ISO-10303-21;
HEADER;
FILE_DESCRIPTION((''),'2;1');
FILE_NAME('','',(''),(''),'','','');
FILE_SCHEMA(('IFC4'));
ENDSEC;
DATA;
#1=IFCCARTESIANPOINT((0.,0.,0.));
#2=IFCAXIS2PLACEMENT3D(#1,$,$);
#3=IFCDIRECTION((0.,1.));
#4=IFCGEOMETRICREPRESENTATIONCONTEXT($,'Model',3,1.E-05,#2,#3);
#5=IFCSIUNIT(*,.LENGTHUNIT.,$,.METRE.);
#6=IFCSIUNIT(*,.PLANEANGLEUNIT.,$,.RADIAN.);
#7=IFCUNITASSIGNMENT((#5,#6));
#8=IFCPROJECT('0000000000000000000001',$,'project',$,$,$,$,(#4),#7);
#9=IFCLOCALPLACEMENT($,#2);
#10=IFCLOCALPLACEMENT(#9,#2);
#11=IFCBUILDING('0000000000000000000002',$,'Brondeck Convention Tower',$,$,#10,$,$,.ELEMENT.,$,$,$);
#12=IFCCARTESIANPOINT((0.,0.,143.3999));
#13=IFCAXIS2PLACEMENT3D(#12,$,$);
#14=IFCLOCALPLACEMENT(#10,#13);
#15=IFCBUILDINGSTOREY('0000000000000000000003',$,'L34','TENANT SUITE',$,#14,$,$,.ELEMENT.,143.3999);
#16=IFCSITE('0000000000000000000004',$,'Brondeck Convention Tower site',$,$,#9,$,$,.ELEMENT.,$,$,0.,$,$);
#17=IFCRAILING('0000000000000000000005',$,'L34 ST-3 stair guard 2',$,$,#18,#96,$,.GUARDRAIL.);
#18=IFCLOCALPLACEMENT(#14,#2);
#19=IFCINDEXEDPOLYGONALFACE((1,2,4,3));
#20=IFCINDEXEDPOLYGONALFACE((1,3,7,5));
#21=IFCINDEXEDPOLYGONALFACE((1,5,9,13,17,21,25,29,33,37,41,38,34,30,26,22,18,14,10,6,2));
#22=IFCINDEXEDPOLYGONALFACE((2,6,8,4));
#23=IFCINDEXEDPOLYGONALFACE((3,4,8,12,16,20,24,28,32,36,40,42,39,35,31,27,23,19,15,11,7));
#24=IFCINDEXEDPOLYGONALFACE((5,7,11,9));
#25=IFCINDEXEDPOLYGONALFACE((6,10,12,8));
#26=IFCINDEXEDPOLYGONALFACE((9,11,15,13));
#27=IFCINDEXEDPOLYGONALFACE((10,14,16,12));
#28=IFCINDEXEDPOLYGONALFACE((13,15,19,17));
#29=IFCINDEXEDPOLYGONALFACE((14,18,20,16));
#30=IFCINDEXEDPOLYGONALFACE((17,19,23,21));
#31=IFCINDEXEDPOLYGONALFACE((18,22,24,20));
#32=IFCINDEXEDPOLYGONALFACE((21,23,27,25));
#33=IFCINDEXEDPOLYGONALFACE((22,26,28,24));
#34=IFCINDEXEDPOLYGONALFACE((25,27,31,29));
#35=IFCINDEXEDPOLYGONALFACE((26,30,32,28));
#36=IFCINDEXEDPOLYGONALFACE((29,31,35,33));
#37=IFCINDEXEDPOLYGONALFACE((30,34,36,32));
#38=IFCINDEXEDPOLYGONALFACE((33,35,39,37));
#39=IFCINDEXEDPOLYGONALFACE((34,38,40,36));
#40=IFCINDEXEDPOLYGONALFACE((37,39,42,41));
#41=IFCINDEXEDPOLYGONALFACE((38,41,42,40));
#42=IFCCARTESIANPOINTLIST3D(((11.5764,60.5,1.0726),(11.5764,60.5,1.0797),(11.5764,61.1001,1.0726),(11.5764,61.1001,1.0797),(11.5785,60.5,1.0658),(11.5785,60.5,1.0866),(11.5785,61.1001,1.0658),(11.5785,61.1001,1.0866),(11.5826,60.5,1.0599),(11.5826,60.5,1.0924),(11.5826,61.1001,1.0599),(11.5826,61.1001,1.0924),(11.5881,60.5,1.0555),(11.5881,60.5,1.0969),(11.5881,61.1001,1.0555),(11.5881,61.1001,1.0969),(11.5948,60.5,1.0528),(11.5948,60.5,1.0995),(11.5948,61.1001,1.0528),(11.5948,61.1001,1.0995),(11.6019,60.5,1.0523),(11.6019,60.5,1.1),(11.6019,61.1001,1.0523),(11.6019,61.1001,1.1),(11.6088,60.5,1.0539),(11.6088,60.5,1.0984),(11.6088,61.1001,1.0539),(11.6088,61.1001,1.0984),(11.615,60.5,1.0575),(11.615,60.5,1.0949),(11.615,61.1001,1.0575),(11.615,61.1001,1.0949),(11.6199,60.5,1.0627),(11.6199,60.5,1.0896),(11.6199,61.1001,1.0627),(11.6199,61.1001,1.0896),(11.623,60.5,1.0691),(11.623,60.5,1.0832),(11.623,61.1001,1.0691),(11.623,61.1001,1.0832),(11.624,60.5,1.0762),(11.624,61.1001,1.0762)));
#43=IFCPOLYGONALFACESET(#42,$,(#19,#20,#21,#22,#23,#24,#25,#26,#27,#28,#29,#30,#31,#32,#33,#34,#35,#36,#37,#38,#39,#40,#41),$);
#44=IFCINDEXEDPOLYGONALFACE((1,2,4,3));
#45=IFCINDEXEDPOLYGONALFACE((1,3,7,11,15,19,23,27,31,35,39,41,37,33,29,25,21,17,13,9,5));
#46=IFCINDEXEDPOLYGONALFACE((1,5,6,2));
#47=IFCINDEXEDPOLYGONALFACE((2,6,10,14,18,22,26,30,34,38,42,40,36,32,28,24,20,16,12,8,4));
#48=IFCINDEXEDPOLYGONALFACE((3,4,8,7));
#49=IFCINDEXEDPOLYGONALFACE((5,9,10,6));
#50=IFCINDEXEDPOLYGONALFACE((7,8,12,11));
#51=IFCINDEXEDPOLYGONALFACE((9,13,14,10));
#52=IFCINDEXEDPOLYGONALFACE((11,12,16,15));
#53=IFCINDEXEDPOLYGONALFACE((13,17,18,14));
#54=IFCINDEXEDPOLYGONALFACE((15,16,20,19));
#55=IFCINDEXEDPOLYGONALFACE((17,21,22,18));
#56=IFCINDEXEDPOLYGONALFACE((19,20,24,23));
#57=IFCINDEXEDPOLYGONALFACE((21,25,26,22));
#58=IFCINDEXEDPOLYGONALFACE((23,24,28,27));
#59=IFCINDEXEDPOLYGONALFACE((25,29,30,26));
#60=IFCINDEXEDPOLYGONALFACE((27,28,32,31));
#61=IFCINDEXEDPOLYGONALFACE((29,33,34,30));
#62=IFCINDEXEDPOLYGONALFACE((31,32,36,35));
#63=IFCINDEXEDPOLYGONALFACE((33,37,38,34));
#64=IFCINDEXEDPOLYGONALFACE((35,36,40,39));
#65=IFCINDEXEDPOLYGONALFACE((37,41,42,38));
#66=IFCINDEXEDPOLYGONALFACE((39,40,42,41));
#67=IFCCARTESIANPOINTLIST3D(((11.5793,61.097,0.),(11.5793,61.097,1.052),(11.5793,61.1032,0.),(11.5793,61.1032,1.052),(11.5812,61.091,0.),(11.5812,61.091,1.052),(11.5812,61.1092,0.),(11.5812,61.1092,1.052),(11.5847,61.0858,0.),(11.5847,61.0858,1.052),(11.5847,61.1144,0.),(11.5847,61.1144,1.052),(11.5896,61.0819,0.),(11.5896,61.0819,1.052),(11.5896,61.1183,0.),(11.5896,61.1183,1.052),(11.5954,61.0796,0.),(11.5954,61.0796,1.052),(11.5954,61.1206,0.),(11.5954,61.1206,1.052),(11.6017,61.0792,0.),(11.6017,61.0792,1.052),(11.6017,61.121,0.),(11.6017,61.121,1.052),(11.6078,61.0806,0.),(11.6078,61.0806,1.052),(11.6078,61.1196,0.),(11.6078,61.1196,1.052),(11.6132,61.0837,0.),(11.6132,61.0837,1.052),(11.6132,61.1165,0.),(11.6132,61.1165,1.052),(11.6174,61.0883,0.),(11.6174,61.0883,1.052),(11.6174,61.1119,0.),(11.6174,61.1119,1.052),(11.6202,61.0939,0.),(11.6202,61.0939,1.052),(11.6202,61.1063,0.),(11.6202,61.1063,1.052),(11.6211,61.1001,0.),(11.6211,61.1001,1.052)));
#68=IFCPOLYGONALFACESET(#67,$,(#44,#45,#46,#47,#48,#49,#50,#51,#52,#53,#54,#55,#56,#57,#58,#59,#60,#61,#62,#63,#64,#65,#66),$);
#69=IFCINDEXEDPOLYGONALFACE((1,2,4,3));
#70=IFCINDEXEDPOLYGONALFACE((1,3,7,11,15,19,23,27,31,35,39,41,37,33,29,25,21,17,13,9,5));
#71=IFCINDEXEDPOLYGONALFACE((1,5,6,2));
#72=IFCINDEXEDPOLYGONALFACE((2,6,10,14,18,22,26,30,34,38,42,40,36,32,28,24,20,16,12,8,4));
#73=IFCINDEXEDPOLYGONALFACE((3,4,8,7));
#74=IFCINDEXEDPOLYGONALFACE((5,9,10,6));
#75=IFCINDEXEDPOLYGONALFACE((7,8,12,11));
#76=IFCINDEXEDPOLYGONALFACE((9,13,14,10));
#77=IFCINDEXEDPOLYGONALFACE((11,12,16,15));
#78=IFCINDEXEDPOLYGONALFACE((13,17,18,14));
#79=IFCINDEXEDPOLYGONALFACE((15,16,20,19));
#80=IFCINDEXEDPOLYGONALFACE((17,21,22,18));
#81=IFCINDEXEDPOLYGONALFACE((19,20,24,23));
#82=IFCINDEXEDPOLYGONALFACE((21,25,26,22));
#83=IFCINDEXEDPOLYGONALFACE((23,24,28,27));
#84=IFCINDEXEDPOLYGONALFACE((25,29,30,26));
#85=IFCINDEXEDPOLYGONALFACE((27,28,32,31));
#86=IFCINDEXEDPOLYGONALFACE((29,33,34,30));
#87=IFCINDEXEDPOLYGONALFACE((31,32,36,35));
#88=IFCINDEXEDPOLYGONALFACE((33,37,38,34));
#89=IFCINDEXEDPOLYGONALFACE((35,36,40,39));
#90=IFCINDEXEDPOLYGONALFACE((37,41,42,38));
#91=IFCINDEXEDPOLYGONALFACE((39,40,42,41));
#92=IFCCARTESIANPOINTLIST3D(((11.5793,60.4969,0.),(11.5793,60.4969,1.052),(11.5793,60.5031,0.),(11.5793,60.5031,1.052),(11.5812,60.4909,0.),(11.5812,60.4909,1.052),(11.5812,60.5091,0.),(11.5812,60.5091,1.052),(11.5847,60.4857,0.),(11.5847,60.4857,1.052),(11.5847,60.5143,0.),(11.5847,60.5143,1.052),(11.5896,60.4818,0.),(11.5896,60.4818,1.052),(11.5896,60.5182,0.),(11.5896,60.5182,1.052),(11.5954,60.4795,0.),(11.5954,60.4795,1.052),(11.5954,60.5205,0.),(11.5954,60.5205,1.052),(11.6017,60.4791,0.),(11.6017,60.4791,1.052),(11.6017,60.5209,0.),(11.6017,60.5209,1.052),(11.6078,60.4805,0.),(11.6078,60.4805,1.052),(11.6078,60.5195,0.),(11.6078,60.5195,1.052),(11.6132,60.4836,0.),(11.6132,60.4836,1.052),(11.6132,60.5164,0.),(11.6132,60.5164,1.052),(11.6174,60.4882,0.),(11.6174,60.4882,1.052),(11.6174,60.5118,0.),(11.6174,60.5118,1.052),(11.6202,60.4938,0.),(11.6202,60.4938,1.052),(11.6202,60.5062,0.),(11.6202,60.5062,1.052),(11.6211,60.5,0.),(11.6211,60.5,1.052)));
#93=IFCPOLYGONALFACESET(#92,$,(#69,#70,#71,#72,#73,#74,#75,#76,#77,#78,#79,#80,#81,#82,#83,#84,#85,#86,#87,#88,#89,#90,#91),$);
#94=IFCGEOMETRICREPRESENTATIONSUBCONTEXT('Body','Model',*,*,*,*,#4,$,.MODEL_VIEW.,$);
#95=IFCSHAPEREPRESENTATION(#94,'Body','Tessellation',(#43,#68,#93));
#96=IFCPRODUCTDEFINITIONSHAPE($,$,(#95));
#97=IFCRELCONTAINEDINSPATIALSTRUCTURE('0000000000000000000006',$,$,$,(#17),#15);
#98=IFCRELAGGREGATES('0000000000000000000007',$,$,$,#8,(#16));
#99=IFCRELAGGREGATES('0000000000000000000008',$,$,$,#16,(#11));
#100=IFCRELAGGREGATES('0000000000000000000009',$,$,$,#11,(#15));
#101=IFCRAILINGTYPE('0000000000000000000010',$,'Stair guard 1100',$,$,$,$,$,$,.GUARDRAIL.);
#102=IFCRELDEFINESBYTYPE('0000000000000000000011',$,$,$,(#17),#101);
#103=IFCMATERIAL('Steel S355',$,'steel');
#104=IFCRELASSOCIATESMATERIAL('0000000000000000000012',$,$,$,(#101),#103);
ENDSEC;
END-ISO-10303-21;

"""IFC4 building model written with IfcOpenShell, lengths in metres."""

from ifc_helpers import new_model, si_unit, direction, frame, origin, origin_2d, place, context, subcontext, project, spatial, circle, extrude, material, type_object, element, save


model = new_model("IFC4")

# Units and contexts
model_context = context("Model", 3, precision=1e-05, world=origin(), true_north=direction((0.0, 1.0)))
body_context = subcontext(model_context, "Body", "Model", "MODEL_VIEW")
ifc_project = project(units=[si_unit("LENGTHUNIT", "METRE"), si_unit("PLANEANGLEUNIT", "RADIAN")], contexts=[model_context])

# Site, building, storey
site_placement = place(None, origin())
site = spatial("IfcSite", under=ifc_project, at=site_placement, Name="Brondeck Convention Tower site", CompositionType="ELEMENT", RefElevation=0.0)
building_placement = place(site_placement, origin())
building = spatial("IfcBuilding", under=site, at=building_placement, Name="Brondeck Convention Tower", CompositionType="ELEMENT")
storey_placement = place(building_placement, frame((0.0, 0.0, 143.3999)))
storey = spatial("IfcBuildingStorey", under=building, at=storey_placement, Name="L34", Description="TENANT SUITE", CompositionType="ELEMENT", Elevation=143.3999)

# Railing
ifc_material_1 = material(Name="Steel S355", Category="steel")
railing_type_1 = type_object("IfcRailingType", Name="Stair guard 1100", PredefinedType="GUARDRAIL", material=ifc_material_1)
railing_1_placement = place(storey_placement, frame((11.6001, 61.1001, 0.0)))
element("IfcRailing", 1, at=railing_1_placement, inside=storey, type_object=railing_type_1, Name="L34 ST-3 stair guard 2", PredefinedType="GUARDRAIL", context=body_context, shape_type="SweptSolid", body=[
    extrude(circle(Radius=0.0239, at=origin_2d()), frame((0.0, 0.0, 1.0762), z_axis=(0.0, -1.0, 0.0), x_axis=(1.0, 0.0, 0.0)), (0.0, 0.0, 1.0), 0.6001),
    extrude(circle(Radius=0.021, at=origin_2d()), origin(), (0.0, 0.0, 1.0), 1.052),
    extrude(circle(Radius=0.021, at=origin_2d()), frame((0.0, -0.6001, 0.0)), (0.0, 0.0, 1.0), 1.052),
])

save(model, "model.ifc")
